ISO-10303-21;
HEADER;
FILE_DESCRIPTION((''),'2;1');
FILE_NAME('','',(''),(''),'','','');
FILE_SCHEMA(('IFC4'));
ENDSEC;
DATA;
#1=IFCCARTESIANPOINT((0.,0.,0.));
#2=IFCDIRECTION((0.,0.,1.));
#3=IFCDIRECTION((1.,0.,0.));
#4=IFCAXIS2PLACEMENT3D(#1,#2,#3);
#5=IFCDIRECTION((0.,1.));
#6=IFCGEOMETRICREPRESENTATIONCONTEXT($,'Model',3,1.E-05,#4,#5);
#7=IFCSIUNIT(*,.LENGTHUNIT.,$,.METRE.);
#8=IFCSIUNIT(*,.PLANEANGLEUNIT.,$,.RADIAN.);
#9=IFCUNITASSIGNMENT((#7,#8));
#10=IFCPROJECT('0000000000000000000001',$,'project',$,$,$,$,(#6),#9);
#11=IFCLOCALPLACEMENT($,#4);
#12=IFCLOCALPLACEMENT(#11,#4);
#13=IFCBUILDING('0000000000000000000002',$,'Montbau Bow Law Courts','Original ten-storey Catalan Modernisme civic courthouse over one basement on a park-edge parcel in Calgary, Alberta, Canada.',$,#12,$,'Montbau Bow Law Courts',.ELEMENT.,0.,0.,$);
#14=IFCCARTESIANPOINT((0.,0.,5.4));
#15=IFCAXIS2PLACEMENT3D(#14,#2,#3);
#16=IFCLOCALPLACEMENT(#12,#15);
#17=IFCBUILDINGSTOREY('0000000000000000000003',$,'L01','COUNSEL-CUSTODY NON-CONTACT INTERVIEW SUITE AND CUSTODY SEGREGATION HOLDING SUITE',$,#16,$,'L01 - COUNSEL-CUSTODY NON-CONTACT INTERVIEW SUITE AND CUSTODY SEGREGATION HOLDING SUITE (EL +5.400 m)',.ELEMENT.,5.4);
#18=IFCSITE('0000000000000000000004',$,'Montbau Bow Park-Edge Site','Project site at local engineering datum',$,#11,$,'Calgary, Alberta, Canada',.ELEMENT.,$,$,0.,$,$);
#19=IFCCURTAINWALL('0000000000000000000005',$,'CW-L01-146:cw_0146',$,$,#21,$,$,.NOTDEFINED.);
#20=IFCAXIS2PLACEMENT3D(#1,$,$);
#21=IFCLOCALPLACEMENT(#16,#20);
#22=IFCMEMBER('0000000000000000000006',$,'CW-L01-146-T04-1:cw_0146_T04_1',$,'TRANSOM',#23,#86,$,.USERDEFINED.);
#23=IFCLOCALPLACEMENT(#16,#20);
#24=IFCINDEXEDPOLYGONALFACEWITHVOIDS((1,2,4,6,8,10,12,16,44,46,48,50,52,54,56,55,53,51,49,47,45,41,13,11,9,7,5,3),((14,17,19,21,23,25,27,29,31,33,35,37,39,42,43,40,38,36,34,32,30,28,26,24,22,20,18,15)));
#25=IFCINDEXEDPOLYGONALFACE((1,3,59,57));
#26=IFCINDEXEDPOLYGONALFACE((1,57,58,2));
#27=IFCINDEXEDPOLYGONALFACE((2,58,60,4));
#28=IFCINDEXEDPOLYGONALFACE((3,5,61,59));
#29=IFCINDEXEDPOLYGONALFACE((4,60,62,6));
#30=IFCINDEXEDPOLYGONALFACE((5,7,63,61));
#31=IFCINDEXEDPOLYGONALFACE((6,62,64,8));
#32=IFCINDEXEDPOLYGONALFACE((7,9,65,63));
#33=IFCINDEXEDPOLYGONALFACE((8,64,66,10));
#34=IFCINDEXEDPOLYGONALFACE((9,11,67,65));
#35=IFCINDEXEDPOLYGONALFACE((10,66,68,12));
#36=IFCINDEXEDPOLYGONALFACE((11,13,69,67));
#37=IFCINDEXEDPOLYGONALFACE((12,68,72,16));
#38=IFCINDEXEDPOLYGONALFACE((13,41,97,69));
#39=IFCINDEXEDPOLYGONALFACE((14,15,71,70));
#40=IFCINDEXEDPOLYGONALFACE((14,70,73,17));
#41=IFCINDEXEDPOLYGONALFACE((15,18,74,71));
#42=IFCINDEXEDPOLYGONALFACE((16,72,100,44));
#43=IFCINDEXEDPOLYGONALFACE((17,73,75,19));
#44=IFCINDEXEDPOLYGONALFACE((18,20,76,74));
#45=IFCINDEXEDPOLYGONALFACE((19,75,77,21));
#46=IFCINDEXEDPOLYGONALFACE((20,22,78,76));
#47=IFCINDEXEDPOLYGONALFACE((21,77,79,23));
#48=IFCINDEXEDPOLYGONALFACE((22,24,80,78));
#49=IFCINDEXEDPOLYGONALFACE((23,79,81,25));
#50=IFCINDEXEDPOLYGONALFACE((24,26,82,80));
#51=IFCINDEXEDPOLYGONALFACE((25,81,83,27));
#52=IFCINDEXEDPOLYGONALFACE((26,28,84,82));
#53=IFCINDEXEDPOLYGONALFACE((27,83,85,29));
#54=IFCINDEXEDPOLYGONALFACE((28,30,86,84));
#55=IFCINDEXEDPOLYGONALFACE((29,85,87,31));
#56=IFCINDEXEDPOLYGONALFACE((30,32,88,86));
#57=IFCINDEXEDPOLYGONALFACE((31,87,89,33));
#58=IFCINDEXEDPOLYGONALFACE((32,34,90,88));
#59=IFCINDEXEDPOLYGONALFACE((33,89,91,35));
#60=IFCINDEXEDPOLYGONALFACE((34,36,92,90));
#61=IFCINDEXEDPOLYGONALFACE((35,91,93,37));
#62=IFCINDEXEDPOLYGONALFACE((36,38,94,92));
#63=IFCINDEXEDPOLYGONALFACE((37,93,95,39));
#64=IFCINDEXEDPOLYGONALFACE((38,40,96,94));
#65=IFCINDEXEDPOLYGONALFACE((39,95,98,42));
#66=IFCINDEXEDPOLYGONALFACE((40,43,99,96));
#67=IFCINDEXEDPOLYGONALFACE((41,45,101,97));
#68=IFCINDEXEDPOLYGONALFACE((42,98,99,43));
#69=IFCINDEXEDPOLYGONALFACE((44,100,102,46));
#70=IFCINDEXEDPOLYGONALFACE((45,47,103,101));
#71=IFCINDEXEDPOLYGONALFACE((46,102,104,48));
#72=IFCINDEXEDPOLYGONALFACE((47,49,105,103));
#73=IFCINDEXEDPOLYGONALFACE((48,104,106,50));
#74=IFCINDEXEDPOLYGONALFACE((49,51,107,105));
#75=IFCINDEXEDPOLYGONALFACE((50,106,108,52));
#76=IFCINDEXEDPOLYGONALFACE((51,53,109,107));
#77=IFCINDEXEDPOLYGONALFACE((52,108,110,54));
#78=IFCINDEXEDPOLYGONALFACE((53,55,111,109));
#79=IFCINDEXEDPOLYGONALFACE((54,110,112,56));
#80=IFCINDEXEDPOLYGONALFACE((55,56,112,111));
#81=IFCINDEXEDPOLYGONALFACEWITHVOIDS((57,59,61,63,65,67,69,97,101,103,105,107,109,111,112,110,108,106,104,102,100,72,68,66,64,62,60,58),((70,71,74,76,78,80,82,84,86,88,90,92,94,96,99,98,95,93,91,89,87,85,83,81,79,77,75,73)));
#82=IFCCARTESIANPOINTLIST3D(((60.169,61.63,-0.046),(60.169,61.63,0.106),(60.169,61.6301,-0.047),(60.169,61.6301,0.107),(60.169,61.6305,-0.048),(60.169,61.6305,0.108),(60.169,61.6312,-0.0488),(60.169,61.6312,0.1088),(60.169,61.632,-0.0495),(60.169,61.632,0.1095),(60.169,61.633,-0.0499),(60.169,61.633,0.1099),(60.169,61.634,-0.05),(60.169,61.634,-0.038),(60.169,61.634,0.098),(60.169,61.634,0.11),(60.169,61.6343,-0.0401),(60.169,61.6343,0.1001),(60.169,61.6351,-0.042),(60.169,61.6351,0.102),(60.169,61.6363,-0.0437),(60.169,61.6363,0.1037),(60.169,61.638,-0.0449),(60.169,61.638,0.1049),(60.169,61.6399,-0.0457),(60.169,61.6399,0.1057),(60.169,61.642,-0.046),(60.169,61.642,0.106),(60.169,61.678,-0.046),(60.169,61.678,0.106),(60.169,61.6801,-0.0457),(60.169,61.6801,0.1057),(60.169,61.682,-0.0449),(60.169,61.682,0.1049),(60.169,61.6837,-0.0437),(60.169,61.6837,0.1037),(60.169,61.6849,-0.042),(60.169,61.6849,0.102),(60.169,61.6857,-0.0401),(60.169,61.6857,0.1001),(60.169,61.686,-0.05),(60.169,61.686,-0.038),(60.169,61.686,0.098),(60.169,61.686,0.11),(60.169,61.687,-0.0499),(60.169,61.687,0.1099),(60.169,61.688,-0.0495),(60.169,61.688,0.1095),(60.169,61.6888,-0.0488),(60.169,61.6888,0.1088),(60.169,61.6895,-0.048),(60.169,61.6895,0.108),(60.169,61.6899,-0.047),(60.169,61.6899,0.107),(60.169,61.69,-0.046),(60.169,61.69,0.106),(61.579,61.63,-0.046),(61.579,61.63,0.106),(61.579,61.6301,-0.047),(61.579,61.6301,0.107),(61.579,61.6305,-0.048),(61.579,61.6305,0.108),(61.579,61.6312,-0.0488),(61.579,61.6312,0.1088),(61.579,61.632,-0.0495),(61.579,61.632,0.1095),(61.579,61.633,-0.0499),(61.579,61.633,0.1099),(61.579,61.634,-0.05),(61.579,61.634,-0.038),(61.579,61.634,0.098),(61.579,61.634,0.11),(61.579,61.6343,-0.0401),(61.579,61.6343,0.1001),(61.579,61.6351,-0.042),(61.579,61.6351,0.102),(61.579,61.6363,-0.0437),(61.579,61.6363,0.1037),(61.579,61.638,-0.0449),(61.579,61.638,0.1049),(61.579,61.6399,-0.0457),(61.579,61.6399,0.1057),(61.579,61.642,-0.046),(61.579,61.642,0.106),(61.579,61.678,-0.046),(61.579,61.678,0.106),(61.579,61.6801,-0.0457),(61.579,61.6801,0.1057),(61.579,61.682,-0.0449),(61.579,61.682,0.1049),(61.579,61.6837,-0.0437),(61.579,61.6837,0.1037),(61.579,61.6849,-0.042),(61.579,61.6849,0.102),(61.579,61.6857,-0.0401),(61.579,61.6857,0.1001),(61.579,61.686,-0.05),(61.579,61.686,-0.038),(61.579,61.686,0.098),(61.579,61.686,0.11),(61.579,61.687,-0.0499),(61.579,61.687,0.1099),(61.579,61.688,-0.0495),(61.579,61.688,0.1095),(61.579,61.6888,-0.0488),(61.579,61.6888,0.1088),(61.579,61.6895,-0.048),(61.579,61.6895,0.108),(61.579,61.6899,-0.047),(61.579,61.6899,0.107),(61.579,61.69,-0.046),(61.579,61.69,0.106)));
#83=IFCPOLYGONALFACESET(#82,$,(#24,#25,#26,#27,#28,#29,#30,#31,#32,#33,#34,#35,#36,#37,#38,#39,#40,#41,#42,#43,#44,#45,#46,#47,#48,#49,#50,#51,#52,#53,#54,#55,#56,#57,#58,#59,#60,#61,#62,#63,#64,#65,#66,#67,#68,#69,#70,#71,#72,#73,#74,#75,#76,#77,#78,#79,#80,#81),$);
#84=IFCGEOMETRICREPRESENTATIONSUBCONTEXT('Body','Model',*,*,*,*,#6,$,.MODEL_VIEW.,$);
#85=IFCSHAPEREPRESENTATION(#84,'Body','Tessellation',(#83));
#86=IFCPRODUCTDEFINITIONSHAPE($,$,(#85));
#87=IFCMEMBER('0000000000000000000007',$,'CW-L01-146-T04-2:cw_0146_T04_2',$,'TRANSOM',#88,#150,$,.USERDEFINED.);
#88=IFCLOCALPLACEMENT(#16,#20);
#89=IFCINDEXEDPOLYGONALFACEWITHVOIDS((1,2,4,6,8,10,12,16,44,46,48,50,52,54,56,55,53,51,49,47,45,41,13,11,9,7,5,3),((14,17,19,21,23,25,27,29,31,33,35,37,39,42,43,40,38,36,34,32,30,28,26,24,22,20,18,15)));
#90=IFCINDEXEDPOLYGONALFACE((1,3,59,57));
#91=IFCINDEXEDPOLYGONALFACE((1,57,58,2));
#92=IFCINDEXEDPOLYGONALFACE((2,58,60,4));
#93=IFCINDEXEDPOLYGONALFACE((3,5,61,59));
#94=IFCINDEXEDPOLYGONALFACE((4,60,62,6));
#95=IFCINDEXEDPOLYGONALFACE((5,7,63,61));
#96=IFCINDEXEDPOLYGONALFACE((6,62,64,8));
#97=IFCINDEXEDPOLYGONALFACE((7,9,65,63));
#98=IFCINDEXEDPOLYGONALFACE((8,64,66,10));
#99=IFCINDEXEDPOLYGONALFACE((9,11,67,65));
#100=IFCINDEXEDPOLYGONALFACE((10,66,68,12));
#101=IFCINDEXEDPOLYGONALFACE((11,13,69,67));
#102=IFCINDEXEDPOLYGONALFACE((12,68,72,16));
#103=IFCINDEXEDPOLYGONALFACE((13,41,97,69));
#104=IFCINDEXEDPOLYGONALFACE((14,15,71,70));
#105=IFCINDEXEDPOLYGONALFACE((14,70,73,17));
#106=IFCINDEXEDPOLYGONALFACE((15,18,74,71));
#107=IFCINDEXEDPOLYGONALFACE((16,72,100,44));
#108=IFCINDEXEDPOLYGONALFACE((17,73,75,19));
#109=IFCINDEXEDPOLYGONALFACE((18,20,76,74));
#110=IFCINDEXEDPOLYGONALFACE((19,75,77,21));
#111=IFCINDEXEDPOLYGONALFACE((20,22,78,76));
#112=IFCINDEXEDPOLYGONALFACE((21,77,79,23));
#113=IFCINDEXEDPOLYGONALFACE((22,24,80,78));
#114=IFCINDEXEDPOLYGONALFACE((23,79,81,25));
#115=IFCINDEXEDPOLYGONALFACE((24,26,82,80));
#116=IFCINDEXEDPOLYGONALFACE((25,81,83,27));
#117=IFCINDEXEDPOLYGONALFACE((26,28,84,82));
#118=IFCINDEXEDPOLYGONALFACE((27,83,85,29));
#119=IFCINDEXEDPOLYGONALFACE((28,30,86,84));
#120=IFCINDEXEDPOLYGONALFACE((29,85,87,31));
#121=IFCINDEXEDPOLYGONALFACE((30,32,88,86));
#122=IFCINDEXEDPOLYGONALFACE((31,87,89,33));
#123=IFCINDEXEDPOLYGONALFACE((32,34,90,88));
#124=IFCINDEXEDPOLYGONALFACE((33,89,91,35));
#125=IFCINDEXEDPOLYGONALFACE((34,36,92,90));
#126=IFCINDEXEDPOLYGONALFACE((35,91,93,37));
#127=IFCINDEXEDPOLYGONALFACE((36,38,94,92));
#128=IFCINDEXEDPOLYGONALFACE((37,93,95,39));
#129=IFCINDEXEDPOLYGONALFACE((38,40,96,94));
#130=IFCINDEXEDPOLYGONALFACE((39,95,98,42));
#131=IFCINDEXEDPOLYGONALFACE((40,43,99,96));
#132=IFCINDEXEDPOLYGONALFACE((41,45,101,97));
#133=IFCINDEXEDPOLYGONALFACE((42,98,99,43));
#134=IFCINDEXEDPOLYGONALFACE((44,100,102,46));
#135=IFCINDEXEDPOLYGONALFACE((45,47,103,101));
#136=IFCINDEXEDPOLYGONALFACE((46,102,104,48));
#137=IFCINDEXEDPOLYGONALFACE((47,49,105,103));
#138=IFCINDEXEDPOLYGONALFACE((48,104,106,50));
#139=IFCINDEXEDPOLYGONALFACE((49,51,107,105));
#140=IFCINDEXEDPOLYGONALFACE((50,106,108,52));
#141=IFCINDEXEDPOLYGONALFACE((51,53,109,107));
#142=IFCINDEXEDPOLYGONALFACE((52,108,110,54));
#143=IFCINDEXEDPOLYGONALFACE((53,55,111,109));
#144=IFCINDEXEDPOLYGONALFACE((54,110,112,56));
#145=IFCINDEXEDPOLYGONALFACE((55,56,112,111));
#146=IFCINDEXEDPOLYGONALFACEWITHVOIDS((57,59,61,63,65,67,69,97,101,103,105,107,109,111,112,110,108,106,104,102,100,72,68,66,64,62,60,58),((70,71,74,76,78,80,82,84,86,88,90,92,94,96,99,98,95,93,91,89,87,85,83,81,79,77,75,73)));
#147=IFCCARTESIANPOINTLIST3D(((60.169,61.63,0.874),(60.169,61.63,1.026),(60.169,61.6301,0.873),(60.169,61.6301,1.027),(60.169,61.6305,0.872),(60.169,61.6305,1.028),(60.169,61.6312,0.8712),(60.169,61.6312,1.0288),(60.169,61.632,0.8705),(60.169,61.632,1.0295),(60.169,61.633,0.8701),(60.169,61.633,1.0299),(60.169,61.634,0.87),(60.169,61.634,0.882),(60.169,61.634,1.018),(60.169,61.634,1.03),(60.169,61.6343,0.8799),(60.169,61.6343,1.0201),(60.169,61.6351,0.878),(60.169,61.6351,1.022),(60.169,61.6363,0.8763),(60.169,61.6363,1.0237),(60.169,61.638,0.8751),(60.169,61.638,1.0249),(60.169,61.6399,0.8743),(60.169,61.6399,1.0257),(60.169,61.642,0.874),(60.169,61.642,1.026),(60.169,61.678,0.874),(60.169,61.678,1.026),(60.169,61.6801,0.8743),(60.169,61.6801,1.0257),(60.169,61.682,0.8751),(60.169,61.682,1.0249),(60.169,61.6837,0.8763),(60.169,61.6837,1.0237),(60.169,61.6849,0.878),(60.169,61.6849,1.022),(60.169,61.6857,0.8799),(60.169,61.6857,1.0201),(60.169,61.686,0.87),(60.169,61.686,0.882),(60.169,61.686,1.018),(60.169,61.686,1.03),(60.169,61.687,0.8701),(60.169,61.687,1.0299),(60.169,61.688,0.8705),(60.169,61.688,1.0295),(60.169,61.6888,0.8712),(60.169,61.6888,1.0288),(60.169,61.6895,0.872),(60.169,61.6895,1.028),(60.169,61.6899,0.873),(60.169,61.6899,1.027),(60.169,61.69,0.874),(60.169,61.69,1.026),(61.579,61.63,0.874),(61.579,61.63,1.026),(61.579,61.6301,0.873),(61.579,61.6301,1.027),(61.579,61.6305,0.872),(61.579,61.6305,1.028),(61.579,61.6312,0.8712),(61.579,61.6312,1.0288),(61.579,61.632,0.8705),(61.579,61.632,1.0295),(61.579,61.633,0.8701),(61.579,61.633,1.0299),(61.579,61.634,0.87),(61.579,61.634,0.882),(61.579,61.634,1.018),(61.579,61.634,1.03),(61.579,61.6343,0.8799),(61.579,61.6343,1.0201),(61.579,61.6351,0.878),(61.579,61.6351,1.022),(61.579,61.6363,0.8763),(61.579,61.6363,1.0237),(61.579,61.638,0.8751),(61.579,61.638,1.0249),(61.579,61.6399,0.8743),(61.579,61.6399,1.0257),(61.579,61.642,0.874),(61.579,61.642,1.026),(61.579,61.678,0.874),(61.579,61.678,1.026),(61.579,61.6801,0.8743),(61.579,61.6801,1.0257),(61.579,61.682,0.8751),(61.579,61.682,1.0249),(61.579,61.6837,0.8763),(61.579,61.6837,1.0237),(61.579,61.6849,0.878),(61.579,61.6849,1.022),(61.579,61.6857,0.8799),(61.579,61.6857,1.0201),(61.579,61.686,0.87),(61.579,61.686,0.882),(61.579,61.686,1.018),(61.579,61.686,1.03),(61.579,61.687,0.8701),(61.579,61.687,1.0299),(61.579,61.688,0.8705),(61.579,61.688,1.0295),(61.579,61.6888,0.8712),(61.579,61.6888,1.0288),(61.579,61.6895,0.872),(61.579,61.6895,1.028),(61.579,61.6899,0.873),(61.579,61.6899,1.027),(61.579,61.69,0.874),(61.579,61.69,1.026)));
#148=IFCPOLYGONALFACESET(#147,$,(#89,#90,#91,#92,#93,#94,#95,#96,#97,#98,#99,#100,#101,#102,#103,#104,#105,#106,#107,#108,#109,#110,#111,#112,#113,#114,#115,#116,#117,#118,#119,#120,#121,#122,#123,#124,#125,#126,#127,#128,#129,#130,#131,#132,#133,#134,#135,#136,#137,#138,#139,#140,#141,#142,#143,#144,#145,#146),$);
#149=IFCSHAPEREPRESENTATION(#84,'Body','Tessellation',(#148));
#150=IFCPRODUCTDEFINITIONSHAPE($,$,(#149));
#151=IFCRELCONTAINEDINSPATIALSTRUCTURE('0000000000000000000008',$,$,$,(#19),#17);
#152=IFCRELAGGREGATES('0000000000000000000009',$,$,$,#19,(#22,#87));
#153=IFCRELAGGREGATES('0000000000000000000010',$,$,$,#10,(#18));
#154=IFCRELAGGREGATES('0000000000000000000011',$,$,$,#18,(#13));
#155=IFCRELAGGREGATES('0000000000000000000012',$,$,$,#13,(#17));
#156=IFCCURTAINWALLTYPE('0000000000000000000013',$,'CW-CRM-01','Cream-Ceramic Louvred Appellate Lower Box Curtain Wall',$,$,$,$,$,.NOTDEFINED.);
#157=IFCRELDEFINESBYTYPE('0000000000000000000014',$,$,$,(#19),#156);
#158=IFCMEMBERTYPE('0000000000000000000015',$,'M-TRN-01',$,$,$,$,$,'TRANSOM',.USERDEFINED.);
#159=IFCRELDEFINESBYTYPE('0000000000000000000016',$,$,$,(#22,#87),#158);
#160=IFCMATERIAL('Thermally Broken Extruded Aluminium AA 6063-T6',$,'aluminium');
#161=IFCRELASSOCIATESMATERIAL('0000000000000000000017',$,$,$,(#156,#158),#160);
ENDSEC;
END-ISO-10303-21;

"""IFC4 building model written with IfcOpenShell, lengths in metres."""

from ifc_helpers import new_model, si_unit, direction, frame, origin_with_axes, origin_2d_with_axis, place, context, subcontext, project, spatial, hollow_rectangle, extrude, material, material_profile, profile_set, type_object, element, aggregate, save


model = new_model("IFC4")

# Units and contexts
model_context = context("Model", 3, precision=1e-05, world=origin_with_axes(), true_north=direction((0.0, 1.0)))
body_context = subcontext(model_context, "Body", "Model", "MODEL_VIEW")
ifc_project = project(units=[si_unit("LENGTHUNIT", "METRE"), si_unit("PLANEANGLEUNIT", "RADIAN")], contexts=[model_context])

# Site, building, storey
site_placement = place(None, origin_with_axes())
site = spatial("IfcSite", under=ifc_project, at=site_placement, Name="Montbau Bow Park-Edge Site", Description="Project site at local engineering datum", LongName="Calgary, Alberta, Canada", CompositionType="ELEMENT", RefElevation=0.0)
building_placement = place(site_placement, origin_with_axes())
building = spatial("IfcBuilding", under=site, at=building_placement, Name="Montbau Bow Law Courts", Description="Original ten-storey Catalan Modernisme civic courthouse over one basement on a park-edge parcel in Calgary, Alberta, Canada.", LongName="Montbau Bow Law Courts", CompositionType="ELEMENT", ElevationOfRefHeight=0.0, ElevationOfTerrain=0.0)
storey_placement = place(building_placement, frame((0.0, 0.0, 5.4), z_axis=(0.0, 0.0, 1.0), x_axis=(1.0, 0.0, 0.0)))
storey = spatial("IfcBuildingStorey", under=building, at=storey_placement, Name="L01", Description="COUNSEL-CUSTODY NON-CONTACT INTERVIEW SUITE AND CUSTODY SEGREGATION HOLDING SUITE", LongName="L01 - COUNSEL-CUSTODY NON-CONTACT INTERVIEW SUITE AND CUSTODY SEGREGATION HOLDING SUITE (EL +5.400 m)", CompositionType="ELEMENT", Elevation=5.4)

# Shared definitions
ifc_material_1 = material(Name="Thermally Broken Extruded Aluminium AA 6063-T6", Category="aluminium")
curtain_wall_type = type_object("IfcCurtainWallType", Name="CW-CRM-01", Description="Cream-Ceramic Louvred Appellate Lower Box Curtain Wall", PredefinedType="NOTDEFINED", material=ifc_material_1)

# Curtain wall, members
curtain_wall_1_placement = place(None, frame((55.715, 61.66, 5.4), z_axis=(0.0, 0.0, 1.0), x_axis=(1.0, 0.0, 0.0)))
curtain_wall_1 = element("IfcCurtainWall", 1, at=curtain_wall_1_placement, inside=storey, type_object=curtain_wall_type, Name="CW-L01-146:cw_0146", PredefinedType="NOTDEFINED")
ifc_material_profile_1 = material_profile(ifc_material_1, hollow_rectangle(XDim=0.06, YDim=0.16, WallThickness=0.004, InnerFilletRadius=0.008, OuterFilletRadius=0.004, at=origin_2d_with_axis()), Name="CWT-160X60", Category="Main", Priority=0)
ifc_profile_set_1 = profile_set([ifc_material_profile_1], Name="Thermally Broken Extruded Aluminium AA 6063-T6")
member_type_1 = type_object("IfcMemberType", Name="M-TRN-01", ElementType="TRANSOM", PredefinedType="USERDEFINED", material=ifc_profile_set_1)
member_1_placement = place(None, frame((60.169, 61.66, 5.43), z_axis=(1.0, 0.0, 0.0), x_axis=(0.0, 1.0, 0.0)))
member_1 = element("IfcMember", 2, at=member_1_placement, type_object=member_type_1, Name="CW-L01-146-T04-1:cw_0146_T04_1", ObjectType="TRANSOM", PredefinedType="USERDEFINED", context=body_context, shape_type="SweptSolid", body=[
    extrude(hollow_rectangle(XDim=0.06, YDim=0.16, WallThickness=0.004, InnerFilletRadius=0.008, OuterFilletRadius=0.004, at=origin_2d_with_axis()), origin_with_axes(), (0.0, 0.0, 1.0), 1.41),
])
member_2_placement = place(None, frame((60.169, 61.66, 6.35), z_axis=(1.0, 0.0, 0.0), x_axis=(0.0, 1.0, 0.0)))
member_2 = element("IfcMember", 3, at=member_2_placement, type_object=member_type_1, Name="CW-L01-146-T04-2:cw_0146_T04_2", ObjectType="TRANSOM", PredefinedType="USERDEFINED", context=body_context, shape_type="SweptSolid", body=[
    extrude(hollow_rectangle(XDim=0.06, YDim=0.16, WallThickness=0.004, InnerFilletRadius=0.008, OuterFilletRadius=0.004, at=origin_2d_with_axis()), origin_with_axes(), (0.0, 0.0, 1.0), 1.41),
])
aggregate(curtain_wall_1, [member_1, member_2])

save(model, "model.ifc")
